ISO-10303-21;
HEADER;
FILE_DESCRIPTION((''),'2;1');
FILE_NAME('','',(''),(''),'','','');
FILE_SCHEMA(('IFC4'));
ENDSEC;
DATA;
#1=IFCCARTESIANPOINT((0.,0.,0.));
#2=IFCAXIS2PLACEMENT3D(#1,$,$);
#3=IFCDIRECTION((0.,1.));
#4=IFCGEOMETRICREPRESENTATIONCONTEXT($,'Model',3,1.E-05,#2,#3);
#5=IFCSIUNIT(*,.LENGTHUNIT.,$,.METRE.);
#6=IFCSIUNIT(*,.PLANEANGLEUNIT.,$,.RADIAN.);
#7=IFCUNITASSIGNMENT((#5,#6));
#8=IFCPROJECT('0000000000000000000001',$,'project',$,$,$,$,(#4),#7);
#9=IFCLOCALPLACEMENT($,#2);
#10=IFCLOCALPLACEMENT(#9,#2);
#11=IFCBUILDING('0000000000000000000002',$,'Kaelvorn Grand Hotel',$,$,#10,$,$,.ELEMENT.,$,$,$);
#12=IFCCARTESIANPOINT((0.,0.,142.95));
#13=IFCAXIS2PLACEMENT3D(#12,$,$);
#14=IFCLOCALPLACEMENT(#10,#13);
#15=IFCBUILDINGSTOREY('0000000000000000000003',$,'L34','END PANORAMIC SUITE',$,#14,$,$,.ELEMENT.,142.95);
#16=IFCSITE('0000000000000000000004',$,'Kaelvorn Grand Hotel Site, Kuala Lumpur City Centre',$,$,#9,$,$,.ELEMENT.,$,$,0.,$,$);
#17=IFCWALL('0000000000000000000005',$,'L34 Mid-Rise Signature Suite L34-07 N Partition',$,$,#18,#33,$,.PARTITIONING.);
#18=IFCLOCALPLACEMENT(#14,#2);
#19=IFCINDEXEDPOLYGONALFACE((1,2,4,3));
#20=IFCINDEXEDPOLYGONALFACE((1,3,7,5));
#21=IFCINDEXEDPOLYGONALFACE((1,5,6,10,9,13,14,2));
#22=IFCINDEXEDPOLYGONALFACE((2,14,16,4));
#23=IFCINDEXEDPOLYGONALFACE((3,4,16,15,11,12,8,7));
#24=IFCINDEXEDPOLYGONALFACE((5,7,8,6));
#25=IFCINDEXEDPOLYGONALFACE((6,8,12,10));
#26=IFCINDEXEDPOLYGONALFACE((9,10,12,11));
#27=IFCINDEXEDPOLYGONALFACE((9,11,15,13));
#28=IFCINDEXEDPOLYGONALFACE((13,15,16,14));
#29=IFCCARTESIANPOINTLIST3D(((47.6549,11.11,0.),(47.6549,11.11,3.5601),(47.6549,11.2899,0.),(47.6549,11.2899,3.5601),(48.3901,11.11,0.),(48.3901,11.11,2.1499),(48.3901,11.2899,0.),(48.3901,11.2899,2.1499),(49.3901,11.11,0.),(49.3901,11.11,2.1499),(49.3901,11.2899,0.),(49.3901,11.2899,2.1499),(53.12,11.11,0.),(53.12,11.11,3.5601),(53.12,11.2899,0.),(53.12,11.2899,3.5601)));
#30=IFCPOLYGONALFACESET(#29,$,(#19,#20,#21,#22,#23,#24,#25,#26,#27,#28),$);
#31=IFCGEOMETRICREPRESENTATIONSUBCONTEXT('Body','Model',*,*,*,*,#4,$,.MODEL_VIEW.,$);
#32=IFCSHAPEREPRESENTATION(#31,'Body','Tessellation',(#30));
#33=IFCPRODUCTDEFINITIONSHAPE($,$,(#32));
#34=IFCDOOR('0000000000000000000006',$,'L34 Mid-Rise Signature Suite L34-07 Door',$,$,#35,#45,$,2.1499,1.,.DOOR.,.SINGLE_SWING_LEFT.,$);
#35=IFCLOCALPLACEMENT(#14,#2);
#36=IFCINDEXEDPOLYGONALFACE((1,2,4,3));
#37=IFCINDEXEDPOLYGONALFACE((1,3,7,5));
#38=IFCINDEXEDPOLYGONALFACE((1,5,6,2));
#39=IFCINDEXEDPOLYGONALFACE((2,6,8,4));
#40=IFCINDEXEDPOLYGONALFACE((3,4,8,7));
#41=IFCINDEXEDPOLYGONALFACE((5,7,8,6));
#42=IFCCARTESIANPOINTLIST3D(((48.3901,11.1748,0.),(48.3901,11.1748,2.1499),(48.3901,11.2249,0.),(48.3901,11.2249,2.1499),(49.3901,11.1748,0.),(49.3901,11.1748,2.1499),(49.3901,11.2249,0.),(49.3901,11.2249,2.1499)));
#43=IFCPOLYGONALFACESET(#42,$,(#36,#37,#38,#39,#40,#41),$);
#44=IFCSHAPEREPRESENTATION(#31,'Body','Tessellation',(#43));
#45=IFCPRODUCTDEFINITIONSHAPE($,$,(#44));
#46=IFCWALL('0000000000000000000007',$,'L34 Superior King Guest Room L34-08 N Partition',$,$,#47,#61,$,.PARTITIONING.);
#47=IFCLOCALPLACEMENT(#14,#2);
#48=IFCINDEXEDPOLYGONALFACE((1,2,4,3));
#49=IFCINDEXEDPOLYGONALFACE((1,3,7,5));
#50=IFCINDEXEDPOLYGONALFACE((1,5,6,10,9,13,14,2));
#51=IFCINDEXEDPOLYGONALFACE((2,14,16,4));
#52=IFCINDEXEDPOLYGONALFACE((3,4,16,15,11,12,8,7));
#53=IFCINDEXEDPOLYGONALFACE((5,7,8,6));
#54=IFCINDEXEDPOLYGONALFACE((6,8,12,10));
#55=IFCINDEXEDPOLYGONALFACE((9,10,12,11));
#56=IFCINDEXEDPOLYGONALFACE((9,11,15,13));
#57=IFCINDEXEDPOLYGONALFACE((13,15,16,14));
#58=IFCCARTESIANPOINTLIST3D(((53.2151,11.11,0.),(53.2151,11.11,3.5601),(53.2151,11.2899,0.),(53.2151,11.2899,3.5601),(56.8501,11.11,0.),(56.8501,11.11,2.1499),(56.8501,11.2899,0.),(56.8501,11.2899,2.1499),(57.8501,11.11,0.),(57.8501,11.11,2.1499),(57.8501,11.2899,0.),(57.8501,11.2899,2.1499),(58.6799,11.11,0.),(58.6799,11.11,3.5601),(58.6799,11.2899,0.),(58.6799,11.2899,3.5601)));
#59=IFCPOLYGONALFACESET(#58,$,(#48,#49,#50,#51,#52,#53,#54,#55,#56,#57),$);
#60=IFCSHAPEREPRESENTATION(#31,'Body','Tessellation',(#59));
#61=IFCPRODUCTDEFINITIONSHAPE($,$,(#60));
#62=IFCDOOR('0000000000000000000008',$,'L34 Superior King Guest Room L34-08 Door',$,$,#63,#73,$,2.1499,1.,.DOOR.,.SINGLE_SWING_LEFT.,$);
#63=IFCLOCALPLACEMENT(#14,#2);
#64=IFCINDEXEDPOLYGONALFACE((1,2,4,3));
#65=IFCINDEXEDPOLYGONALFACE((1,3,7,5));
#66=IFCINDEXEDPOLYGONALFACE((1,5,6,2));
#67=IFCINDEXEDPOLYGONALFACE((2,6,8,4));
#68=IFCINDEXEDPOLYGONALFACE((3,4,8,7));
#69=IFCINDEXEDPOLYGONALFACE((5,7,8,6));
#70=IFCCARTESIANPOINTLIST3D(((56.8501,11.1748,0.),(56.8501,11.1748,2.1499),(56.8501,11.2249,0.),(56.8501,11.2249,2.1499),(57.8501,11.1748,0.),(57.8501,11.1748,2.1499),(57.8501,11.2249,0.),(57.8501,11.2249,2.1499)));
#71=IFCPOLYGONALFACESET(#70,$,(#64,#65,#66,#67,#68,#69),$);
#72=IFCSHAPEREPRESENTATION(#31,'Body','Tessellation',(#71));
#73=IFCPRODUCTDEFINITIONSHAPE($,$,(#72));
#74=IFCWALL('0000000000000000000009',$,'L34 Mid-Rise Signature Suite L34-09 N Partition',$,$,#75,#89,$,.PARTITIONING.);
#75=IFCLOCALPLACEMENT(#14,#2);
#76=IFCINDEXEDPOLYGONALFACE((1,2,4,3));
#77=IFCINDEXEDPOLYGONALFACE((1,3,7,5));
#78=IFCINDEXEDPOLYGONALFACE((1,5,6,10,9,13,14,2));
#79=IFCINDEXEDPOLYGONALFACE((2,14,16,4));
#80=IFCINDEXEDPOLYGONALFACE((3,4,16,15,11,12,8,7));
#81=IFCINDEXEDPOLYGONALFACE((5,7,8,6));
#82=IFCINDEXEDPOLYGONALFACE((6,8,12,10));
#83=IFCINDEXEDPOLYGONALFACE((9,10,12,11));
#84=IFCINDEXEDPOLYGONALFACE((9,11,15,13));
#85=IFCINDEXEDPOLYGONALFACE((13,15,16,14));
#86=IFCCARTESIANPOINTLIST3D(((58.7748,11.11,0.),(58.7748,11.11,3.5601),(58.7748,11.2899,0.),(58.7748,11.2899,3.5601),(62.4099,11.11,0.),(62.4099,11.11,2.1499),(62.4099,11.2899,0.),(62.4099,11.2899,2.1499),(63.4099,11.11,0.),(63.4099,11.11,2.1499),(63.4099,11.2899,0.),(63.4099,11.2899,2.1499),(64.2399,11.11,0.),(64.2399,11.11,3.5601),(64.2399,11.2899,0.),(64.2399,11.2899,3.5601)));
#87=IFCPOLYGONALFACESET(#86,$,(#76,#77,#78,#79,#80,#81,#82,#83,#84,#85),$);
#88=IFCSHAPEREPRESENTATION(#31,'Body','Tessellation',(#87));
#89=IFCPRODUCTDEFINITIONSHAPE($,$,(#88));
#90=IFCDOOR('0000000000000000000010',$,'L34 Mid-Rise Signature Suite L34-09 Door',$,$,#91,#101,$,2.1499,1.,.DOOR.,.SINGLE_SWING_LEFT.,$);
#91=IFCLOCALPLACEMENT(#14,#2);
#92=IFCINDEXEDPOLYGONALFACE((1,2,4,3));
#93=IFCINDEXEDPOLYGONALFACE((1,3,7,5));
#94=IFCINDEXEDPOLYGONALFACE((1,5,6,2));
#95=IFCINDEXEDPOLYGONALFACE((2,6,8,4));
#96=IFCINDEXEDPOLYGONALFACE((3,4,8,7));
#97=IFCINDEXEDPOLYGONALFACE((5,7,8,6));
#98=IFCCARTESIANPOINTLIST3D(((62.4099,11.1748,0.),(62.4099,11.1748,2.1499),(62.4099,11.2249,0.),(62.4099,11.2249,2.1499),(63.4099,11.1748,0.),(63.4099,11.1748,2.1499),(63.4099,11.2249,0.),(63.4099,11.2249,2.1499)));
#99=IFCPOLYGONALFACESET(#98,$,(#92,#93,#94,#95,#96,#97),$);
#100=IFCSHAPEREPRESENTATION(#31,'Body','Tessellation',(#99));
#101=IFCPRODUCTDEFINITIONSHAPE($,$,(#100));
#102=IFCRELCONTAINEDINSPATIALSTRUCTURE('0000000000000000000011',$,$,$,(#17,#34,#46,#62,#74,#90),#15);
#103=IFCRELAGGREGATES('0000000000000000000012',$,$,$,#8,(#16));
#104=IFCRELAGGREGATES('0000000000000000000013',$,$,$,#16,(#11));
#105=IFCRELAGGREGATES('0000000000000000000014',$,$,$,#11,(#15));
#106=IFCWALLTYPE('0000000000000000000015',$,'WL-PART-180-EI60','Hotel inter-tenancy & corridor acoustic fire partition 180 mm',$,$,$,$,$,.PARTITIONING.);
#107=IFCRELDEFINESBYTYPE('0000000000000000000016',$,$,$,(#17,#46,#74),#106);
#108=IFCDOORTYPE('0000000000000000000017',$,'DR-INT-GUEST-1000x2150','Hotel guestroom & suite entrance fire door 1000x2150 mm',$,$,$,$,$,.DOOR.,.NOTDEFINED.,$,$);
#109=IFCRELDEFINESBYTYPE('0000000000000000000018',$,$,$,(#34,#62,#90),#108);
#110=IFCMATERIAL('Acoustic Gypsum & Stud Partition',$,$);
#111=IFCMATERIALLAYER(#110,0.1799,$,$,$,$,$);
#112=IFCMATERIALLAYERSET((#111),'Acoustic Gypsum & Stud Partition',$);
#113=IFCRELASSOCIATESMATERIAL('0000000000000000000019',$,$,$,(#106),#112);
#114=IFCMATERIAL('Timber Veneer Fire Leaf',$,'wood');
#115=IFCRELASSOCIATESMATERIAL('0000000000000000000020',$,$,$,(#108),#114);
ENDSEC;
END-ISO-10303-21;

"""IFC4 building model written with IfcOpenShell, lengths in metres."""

from ifc_helpers import new_model, si_unit, direction, frame, frame_2d, origin, place, context, subcontext, project, spatial, rectangle, extrude, material, layer, layer_set, type_object, element, fill, save


model = new_model("IFC4")

# Units and contexts
model_context = context("Model", 3, precision=1e-05, world=origin(), true_north=direction((0.0, 1.0)))
body_context = subcontext(model_context, "Body", "Model", "MODEL_VIEW")
ifc_project = project(units=[si_unit("LENGTHUNIT", "METRE"), si_unit("PLANEANGLEUNIT", "RADIAN")], contexts=[model_context])

# Site, building, storey
site_placement = place(None, origin())
site = spatial("IfcSite", under=ifc_project, at=site_placement, Name="Kaelvorn Grand Hotel Site, Kuala Lumpur City Centre", CompositionType="ELEMENT", RefElevation=0.0)
building_placement = place(site_placement, origin())
building = spatial("IfcBuilding", under=site, at=building_placement, Name="Kaelvorn Grand Hotel", CompositionType="ELEMENT")
storey_placement = place(building_placement, frame((0.0, 0.0, 142.95)))
storey = spatial("IfcBuildingStorey", under=building, at=storey_placement, Name="L34", Description="END PANORAMIC SUITE", CompositionType="ELEMENT", Elevation=142.95)

# Shared definitions
ifc_material_1 = material(Name="Acoustic Gypsum & Stud Partition")
ifc_material_2 = material(Name="Timber Veneer Fire Leaf", Category="wood")

# Walls, openings, doors
ifc_layer_1 = layer(ifc_material_1, 0.1799)
ifc_layer_set_1 = layer_set([ifc_layer_1], Name="Acoustic Gypsum & Stud Partition")
wall_type_1 = type_object("IfcWallType", Name="WL-PART-180-EI60", Description="Hotel inter-tenancy & corridor acoustic fire partition 180 mm", PredefinedType="PARTITIONING", material=ifc_layer_set_1)
wall_1_placement = place(storey_placement, frame((47.655, 11.2, 0.0), z_axis=(0.0, 0.0, 1.0), x_axis=(1.0, 0.0, 0.0)))
wall_1 = element("IfcWall", 1, at=wall_1_placement, inside=storey, type_object=wall_type_1, Name="L34 Mid-Rise Signature Suite L34-07 N Partition", PredefinedType="PARTITIONING", context=body_context, shape_type="SweptSolid", body=[
    extrude(rectangle(XDim=5.4651, YDim=0.1799, at=frame_2d((2.7324, 0.0))), origin(), (0.0, 0.0, 1.0), 3.5601),
])
opening_1_placement = place(wall_1_placement, frame((0.7351, 0.0, 0.0)))
opening_1 = element("IfcOpeningElement", 2, at=opening_1_placement, cuts=wall_1, PredefinedType="OPENING", context=body_context, shape_type="SweptSolid", body=[
    extrude(rectangle(XDim=1.0, YDim=2.1499, at=frame_2d((0.5, 1.075))), frame((0.0, 0.1001, 0.0), z_axis=(0.0, -1.0, 0.0), x_axis=(1.0, 0.0, 0.0)), (0.0, 0.0, 1.0), 0.2),
])
door_type_1 = type_object("IfcDoorType", Name="DR-INT-GUEST-1000x2150", Description="Hotel guestroom & suite entrance fire door 1000x2150 mm", OperationType="NOTDEFINED", PredefinedType="DOOR", material=ifc_material_2)
door_1_placement = place(opening_1_placement, origin())
door_1 = element("IfcDoor", 3, at=door_1_placement, inside=storey, type_object=door_type_1, Name="L34 Mid-Rise Signature Suite L34-07 Door", OperationType="SINGLE_SWING_LEFT", OverallHeight=2.1499, OverallWidth=1.0, PredefinedType="DOOR", context=body_context, shape_type="SweptSolid", body=[
    extrude(rectangle(XDim=1.0, YDim=2.1499, at=frame_2d((0.5, 1.075))), frame((0.0, 0.0249, 0.0), z_axis=(0.0, -1.0, 0.0), x_axis=(1.0, 0.0, 0.0)), (0.0, 0.0, 1.0), 0.05),
])
fill(opening_1, door_1)
wall_2_placement = place(storey_placement, frame((53.2151, 11.2, 0.0), z_axis=(0.0, 0.0, 1.0), x_axis=(1.0, 0.0, 0.0)))
wall_2 = element("IfcWall", 4, at=wall_2_placement, inside=storey, type_object=wall_type_1, Name="L34 Superior King Guest Room L34-08 N Partition", PredefinedType="PARTITIONING", context=body_context, shape_type="SweptSolid", body=[
    extrude(rectangle(XDim=5.4648, YDim=0.1799, at=frame_2d((2.7324, 0.0))), origin(), (0.0, 0.0, 1.0), 3.5601),
])
opening_2_placement = place(wall_2_placement, frame((3.635, 0.0, 0.0)))
opening_2 = element("IfcOpeningElement", 5, at=opening_2_placement, cuts=wall_2, PredefinedType="OPENING", context=body_context, shape_type="SweptSolid", body=[
    extrude(rectangle(XDim=1.0, YDim=2.1499, at=frame_2d((0.5, 1.075))), frame((0.0, 0.1001, 0.0), z_axis=(0.0, -1.0, 0.0), x_axis=(1.0, 0.0, 0.0)), (0.0, 0.0, 1.0), 0.2),
])
door_2_placement = place(opening_2_placement, origin())
door_2 = element("IfcDoor", 6, at=door_2_placement, inside=storey, type_object=door_type_1, Name="L34 Superior King Guest Room L34-08 Door", OperationType="SINGLE_SWING_LEFT", OverallHeight=2.1499, OverallWidth=1.0, PredefinedType="DOOR", context=body_context, shape_type="SweptSolid", body=[
    extrude(rectangle(XDim=1.0, YDim=2.1499, at=frame_2d((0.5, 1.075))), frame((0.0, 0.0249, 0.0), z_axis=(0.0, -1.0, 0.0), x_axis=(1.0, 0.0, 0.0)), (0.0, 0.0, 1.0), 0.05),
])
fill(opening_2, door_2)
wall_3_placement = place(storey_placement, frame((58.7749, 11.2, 0.0), z_axis=(0.0, 0.0, 1.0), x_axis=(1.0, 0.0, 0.0)))
wall_3 = element("IfcWall", 7, at=wall_3_placement, inside=storey, type_object=wall_type_1, Name="L34 Mid-Rise Signature Suite L34-09 N Partition", PredefinedType="PARTITIONING", context=body_context, shape_type="SweptSolid", body=[
    extrude(rectangle(XDim=5.4651, YDim=0.1799, at=frame_2d((2.7324, 0.0))), origin(), (0.0, 0.0, 1.0), 3.5601),
])
opening_3_placement = place(wall_3_placement, frame((3.635, 0.0, 0.0)))
opening_3 = element("IfcOpeningElement", 8, at=opening_3_placement, cuts=wall_3, PredefinedType="OPENING", context=body_context, shape_type="SweptSolid", body=[
    extrude(rectangle(XDim=1.0, YDim=2.1499, at=frame_2d((0.5, 1.075))), frame((0.0, 0.1001, 0.0), z_axis=(0.0, -1.0, 0.0), x_axis=(1.0, 0.0, 0.0)), (0.0, 0.0, 1.0), 0.2),
])
door_3_placement = place(opening_3_placement, origin())
door_3 = element("IfcDoor", 9, at=door_3_placement, inside=storey, type_object=door_type_1, Name="L34 Mid-Rise Signature Suite L34-09 Door", OperationType="SINGLE_SWING_LEFT", OverallHeight=2.1499, OverallWidth=1.0, PredefinedType="DOOR", context=body_context, shape_type="SweptSolid", body=[
    extrude(rectangle(XDim=1.0, YDim=2.1499, at=frame_2d((0.5, 1.075))), frame((0.0, 0.0249, 0.0), z_axis=(0.0, -1.0, 0.0), x_axis=(1.0, 0.0, 0.0)), (0.0, 0.0, 1.0), 0.05),
])
fill(opening_3, door_3)

save(model, "model.ifc")
